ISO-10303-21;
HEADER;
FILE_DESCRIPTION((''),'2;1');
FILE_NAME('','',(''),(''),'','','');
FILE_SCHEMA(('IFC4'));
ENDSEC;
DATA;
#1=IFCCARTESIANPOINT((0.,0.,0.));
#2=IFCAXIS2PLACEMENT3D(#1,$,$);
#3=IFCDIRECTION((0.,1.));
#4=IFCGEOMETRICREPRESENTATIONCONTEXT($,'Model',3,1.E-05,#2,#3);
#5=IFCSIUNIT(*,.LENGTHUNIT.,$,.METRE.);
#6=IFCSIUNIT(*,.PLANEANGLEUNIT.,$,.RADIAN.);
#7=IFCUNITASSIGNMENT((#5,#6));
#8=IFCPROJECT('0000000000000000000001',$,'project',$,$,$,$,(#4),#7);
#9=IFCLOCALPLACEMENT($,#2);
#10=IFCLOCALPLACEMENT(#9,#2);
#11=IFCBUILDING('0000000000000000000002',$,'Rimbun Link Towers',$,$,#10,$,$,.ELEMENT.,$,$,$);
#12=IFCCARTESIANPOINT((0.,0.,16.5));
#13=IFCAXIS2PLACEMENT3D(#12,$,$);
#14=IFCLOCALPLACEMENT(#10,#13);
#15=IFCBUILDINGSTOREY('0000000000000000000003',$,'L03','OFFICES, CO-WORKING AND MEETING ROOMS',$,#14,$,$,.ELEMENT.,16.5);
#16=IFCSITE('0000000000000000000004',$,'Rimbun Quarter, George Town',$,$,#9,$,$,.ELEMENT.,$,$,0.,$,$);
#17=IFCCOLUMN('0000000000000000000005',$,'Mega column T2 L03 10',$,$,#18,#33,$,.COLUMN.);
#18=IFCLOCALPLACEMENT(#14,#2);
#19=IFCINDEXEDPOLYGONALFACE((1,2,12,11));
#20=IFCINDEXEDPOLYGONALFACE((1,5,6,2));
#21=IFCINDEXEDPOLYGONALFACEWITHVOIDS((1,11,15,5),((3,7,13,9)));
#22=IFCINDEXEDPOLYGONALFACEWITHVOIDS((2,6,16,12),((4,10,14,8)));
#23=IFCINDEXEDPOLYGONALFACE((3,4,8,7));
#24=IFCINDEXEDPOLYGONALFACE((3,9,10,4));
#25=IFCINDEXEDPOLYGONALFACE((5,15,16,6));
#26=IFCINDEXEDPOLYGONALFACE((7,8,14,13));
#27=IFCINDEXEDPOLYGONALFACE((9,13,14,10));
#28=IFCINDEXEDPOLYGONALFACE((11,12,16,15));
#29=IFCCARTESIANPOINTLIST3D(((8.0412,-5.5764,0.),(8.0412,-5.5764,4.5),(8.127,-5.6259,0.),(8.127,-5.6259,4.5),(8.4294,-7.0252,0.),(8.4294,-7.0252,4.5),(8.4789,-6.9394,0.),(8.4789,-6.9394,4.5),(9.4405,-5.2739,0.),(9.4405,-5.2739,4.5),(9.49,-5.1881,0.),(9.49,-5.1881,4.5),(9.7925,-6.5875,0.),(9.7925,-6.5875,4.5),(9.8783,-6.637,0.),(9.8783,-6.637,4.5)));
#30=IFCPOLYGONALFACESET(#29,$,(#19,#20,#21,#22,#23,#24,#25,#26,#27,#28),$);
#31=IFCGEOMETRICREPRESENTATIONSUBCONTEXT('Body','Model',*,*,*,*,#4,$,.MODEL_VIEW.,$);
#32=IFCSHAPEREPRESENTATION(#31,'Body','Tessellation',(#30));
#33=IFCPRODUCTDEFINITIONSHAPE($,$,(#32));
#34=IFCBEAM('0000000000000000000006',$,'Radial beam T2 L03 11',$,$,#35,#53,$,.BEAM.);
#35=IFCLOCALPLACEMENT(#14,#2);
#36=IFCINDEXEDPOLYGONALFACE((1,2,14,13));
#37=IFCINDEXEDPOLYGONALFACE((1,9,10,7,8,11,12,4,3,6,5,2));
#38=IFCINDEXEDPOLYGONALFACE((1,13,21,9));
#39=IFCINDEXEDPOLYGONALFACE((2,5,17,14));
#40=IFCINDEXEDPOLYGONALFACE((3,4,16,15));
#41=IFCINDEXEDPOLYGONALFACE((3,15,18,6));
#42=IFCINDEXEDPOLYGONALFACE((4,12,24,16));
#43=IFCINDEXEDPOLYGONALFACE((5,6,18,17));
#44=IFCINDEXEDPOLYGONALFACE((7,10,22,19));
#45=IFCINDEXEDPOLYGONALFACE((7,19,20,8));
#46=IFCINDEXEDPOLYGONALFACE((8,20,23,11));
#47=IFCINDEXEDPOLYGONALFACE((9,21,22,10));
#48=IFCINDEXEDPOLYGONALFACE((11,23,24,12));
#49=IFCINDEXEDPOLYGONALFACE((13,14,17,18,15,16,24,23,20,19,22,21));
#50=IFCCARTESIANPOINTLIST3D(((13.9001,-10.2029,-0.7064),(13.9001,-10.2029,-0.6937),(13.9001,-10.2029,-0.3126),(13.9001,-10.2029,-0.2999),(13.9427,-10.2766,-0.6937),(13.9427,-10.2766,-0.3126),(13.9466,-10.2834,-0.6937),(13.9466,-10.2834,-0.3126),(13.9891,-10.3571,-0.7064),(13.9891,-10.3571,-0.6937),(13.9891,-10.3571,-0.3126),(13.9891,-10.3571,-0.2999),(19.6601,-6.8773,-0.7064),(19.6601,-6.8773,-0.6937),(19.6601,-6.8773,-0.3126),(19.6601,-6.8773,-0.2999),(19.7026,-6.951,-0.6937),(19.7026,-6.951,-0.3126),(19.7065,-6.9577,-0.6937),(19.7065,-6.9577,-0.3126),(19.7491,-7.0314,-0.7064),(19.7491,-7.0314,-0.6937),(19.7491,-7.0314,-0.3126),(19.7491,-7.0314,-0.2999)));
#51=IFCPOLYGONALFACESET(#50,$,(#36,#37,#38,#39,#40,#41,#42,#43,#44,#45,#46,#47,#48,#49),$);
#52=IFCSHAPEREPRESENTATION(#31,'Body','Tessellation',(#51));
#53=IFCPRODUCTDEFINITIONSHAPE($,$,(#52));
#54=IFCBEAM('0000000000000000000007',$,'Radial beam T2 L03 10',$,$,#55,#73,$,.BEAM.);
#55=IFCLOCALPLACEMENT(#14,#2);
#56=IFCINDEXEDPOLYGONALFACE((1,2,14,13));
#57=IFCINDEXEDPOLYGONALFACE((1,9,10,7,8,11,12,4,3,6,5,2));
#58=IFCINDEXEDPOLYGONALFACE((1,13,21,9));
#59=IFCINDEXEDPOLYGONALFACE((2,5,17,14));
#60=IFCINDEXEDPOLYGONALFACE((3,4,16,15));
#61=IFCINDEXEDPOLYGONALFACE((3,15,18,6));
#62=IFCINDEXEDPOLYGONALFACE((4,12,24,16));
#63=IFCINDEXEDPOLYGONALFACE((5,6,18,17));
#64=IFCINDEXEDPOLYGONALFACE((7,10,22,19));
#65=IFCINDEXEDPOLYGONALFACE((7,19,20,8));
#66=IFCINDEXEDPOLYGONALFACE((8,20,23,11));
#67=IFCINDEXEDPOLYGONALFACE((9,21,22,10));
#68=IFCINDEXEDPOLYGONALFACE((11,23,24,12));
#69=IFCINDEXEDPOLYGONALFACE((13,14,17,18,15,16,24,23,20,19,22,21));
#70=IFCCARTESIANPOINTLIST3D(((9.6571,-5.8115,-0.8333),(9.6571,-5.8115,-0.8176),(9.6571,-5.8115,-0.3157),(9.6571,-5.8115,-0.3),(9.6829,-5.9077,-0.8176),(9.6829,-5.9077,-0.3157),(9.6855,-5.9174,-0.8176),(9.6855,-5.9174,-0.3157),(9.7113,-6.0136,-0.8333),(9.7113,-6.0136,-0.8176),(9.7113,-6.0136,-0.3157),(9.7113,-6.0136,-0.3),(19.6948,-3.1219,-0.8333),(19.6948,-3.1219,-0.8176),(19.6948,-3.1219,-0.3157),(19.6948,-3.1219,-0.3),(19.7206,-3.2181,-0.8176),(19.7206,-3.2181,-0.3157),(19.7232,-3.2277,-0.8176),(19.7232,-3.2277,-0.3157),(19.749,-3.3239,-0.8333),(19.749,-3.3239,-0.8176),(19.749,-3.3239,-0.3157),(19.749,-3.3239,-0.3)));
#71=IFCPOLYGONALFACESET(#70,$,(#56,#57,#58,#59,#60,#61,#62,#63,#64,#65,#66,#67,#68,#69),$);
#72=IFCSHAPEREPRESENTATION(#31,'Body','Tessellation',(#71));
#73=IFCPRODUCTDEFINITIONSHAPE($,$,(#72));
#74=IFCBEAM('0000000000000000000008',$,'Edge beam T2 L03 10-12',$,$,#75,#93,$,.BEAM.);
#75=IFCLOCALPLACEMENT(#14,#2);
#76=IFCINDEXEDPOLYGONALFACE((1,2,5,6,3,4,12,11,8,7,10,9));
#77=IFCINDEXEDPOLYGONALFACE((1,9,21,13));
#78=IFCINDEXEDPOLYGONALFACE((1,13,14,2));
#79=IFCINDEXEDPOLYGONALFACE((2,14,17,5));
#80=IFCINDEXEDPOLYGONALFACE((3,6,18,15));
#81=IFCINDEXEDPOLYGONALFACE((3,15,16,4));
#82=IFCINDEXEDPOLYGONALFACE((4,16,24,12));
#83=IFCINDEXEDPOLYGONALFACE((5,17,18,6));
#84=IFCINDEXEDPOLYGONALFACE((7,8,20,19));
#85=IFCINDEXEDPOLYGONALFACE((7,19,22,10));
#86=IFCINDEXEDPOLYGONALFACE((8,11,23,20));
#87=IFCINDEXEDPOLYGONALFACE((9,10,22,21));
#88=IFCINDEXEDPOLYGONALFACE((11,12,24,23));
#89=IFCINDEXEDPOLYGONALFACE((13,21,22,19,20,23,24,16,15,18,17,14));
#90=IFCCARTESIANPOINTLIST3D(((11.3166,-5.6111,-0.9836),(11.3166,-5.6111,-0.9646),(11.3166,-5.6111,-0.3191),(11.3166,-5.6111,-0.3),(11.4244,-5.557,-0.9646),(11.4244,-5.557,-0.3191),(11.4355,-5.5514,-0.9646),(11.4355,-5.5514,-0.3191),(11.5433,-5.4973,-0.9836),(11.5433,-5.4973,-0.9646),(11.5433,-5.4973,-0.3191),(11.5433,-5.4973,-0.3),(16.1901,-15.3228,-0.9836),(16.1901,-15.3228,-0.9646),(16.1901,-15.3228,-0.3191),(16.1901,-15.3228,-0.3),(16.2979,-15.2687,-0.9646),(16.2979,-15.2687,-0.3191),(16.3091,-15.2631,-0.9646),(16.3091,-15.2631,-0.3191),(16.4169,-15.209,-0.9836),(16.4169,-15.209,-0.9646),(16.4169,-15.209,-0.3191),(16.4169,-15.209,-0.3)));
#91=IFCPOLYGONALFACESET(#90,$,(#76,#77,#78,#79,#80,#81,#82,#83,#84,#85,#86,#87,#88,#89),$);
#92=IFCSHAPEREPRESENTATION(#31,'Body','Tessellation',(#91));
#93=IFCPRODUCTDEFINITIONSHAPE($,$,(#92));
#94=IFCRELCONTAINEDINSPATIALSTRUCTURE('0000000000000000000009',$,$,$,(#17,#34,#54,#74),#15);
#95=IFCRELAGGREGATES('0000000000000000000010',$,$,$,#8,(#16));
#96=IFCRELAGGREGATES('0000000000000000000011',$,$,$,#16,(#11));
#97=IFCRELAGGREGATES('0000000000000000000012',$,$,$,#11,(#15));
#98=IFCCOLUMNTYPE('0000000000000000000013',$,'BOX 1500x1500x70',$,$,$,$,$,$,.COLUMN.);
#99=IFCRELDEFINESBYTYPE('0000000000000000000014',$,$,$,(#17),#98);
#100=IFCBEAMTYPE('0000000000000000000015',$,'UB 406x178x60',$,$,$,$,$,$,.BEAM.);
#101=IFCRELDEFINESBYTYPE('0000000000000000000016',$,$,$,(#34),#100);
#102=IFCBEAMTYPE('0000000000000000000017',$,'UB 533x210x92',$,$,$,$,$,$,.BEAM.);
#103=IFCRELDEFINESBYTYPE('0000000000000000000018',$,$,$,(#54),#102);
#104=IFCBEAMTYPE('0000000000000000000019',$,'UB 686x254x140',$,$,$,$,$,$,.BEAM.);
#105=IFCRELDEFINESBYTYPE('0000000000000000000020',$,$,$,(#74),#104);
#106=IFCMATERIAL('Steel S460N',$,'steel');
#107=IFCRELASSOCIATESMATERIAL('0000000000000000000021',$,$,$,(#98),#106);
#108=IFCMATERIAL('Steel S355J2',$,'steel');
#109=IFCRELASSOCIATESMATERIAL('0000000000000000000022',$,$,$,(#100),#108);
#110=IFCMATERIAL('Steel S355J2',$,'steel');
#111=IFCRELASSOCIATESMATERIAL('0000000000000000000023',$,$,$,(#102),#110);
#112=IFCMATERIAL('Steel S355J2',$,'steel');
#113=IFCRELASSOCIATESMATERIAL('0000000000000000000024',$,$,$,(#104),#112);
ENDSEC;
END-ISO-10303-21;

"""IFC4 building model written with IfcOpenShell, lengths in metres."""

from ifc_helpers import new_model, si_unit, direction, frame, origin, origin_2d, place, context, subcontext, project, spatial, hollow_rectangle, i_section, extrude, material, material_profile, profile_set, type_object, element, save


model = new_model("IFC4")

# Units and contexts
model_context = context("Model", 3, precision=1e-05, world=origin(), true_north=direction((0.0, 1.0)))
body_context = subcontext(model_context, "Body", "Model", "MODEL_VIEW")
ifc_project = project(units=[si_unit("LENGTHUNIT", "METRE"), si_unit("PLANEANGLEUNIT", "RADIAN")], contexts=[model_context])

# Site, building, storey
site_placement = place(None, origin())
site = spatial("IfcSite", under=ifc_project, at=site_placement, Name="Rimbun Quarter, George Town", CompositionType="ELEMENT", RefElevation=0.0)
building_placement = place(site_placement, origin())
building = spatial("IfcBuilding", under=site, at=building_placement, Name="Rimbun Link Towers", CompositionType="ELEMENT")
storey_placement = place(building_placement, frame((0.0, 0.0, 16.5)))
storey = spatial("IfcBuildingStorey", under=building, at=storey_placement, Name="L03", Description="OFFICES, CO-WORKING AND MEETING ROOMS", CompositionType="ELEMENT", Elevation=16.5)

# Column
ifc_material_1 = material(Name="Steel S460N", Category="steel")
ifc_material_profile_1 = material_profile(ifc_material_1, hollow_rectangle(XDim=1.5, YDim=1.5, WallThickness=0.0701, at=origin_2d()), Name="BOX 1500x1500x70")
ifc_profile_set_1 = profile_set([ifc_material_profile_1], Name="Steel S460N")
column_type = type_object("IfcColumnType", Name="BOX 1500x1500x70", PredefinedType="COLUMN", material=ifc_profile_set_1)
column_placement = place(storey_placement, frame((8.9597, -6.1067, 0.0), z_axis=(0.0, 0.0, 1.0), x_axis=(-0.965926, -0.258819, 0.0)))
element("IfcColumn", 1, at=column_placement, inside=storey, type_object=column_type, Name="Mega column T2 L03 10", PredefinedType="COLUMN", context=body_context, shape_type="SweptSolid", body=[
    extrude(hollow_rectangle(XDim=1.5, YDim=1.5, WallThickness=0.0701, at=origin_2d()), origin(), (0.0, 0.0, 1.0), 4.5),
])

# Beams
ifc_material_2 = material(Name="Steel S355J2", Category="steel")
ifc_material_profile_2 = material_profile(ifc_material_2, i_section(OverallWidth=0.178, OverallDepth=0.4065, WebThickness=0.0078, FlangeThickness=0.0127, at=origin_2d()), Name="UB 406x178x60")
ifc_profile_set_2 = profile_set([ifc_material_profile_2], Name="Steel S355J2")
beam_type_1 = type_object("IfcBeamType", Name="UB 406x178x60", PredefinedType="BEAM", material=ifc_profile_set_2)
beam_1_placement = place(storey_placement, frame((19.7046, -6.9543, -0.5032), z_axis=(-0.866016, -0.500016, 0.0), x_axis=(0.500016, -0.866016, 0.0)))
element("IfcBeam", 2, at=beam_1_placement, inside=storey, type_object=beam_type_1, Name="Radial beam T2 L03 11", PredefinedType="BEAM", context=body_context, shape_type="SweptSolid", body=[
    extrude(i_section(OverallWidth=0.178, OverallDepth=0.4065, WebThickness=0.0078, FlangeThickness=0.0127, at=origin_2d()), origin(), (0.0, 0.0, 1.0), 6.6511),
])
ifc_material_3 = material(Name="Steel S355J2", Category="steel")
ifc_material_profile_3 = material_profile(ifc_material_3, i_section(OverallWidth=0.2092, OverallDepth=0.5332, WebThickness=0.01, FlangeThickness=0.0156, at=origin_2d()), Name="UB 533x210x92")
ifc_profile_set_3 = profile_set([ifc_material_profile_3], Name="Steel S355J2")
beam_type_2 = type_object("IfcBeamType", Name="UB 533x210x92", PredefinedType="BEAM", material=ifc_profile_set_3)
beam_2_placement = place(storey_placement, frame((19.7219, -3.2229, -0.5667), z_axis=(-0.965924, -0.258825, 0.0), x_axis=(0.258825, -0.965924, 0.0)))
element("IfcBeam", 3, at=beam_2_placement, inside=storey, type_object=beam_type_2, Name="Radial beam T2 L03 10", PredefinedType="BEAM", context=body_context, shape_type="SweptSolid", body=[
    extrude(i_section(OverallWidth=0.2092, OverallDepth=0.5332, WebThickness=0.01, FlangeThickness=0.0156, at=origin_2d()), origin(), (0.0, 0.0, 1.0), 10.3918),
])
ifc_material_4 = material(Name="Steel S355J2", Category="steel")
ifc_material_profile_4 = material_profile(ifc_material_4, i_section(OverallWidth=0.2537, OverallDepth=0.6836, WebThickness=0.0125, FlangeThickness=0.019, at=origin_2d()), Name="UB 686x254x140")
ifc_profile_set_4 = profile_set([ifc_material_profile_4], Name="Steel S355J2")
beam_type_3 = type_object("IfcBeamType", Name="UB 686x254x140", PredefinedType="BEAM", material=ifc_profile_set_4)
beam_3_placement = place(storey_placement, frame((11.4299, -5.5542, -0.6418), z_axis=(0.448516, -0.893775, 0.0), x_axis=(0.893775, 0.448516, 0.0)))
element("IfcBeam", 4, at=beam_3_placement, inside=storey, type_object=beam_type_3, Name="Edge beam T2 L03 10-12", PredefinedType="BEAM", context=body_context, shape_type="SweptSolid", body=[
    extrude(i_section(OverallWidth=0.2537, OverallDepth=0.6836, WebThickness=0.0125, FlangeThickness=0.019, at=origin_2d()), origin(), (0.0, 0.0, 1.0), 10.866),
])

save(model, "model.ifc")
